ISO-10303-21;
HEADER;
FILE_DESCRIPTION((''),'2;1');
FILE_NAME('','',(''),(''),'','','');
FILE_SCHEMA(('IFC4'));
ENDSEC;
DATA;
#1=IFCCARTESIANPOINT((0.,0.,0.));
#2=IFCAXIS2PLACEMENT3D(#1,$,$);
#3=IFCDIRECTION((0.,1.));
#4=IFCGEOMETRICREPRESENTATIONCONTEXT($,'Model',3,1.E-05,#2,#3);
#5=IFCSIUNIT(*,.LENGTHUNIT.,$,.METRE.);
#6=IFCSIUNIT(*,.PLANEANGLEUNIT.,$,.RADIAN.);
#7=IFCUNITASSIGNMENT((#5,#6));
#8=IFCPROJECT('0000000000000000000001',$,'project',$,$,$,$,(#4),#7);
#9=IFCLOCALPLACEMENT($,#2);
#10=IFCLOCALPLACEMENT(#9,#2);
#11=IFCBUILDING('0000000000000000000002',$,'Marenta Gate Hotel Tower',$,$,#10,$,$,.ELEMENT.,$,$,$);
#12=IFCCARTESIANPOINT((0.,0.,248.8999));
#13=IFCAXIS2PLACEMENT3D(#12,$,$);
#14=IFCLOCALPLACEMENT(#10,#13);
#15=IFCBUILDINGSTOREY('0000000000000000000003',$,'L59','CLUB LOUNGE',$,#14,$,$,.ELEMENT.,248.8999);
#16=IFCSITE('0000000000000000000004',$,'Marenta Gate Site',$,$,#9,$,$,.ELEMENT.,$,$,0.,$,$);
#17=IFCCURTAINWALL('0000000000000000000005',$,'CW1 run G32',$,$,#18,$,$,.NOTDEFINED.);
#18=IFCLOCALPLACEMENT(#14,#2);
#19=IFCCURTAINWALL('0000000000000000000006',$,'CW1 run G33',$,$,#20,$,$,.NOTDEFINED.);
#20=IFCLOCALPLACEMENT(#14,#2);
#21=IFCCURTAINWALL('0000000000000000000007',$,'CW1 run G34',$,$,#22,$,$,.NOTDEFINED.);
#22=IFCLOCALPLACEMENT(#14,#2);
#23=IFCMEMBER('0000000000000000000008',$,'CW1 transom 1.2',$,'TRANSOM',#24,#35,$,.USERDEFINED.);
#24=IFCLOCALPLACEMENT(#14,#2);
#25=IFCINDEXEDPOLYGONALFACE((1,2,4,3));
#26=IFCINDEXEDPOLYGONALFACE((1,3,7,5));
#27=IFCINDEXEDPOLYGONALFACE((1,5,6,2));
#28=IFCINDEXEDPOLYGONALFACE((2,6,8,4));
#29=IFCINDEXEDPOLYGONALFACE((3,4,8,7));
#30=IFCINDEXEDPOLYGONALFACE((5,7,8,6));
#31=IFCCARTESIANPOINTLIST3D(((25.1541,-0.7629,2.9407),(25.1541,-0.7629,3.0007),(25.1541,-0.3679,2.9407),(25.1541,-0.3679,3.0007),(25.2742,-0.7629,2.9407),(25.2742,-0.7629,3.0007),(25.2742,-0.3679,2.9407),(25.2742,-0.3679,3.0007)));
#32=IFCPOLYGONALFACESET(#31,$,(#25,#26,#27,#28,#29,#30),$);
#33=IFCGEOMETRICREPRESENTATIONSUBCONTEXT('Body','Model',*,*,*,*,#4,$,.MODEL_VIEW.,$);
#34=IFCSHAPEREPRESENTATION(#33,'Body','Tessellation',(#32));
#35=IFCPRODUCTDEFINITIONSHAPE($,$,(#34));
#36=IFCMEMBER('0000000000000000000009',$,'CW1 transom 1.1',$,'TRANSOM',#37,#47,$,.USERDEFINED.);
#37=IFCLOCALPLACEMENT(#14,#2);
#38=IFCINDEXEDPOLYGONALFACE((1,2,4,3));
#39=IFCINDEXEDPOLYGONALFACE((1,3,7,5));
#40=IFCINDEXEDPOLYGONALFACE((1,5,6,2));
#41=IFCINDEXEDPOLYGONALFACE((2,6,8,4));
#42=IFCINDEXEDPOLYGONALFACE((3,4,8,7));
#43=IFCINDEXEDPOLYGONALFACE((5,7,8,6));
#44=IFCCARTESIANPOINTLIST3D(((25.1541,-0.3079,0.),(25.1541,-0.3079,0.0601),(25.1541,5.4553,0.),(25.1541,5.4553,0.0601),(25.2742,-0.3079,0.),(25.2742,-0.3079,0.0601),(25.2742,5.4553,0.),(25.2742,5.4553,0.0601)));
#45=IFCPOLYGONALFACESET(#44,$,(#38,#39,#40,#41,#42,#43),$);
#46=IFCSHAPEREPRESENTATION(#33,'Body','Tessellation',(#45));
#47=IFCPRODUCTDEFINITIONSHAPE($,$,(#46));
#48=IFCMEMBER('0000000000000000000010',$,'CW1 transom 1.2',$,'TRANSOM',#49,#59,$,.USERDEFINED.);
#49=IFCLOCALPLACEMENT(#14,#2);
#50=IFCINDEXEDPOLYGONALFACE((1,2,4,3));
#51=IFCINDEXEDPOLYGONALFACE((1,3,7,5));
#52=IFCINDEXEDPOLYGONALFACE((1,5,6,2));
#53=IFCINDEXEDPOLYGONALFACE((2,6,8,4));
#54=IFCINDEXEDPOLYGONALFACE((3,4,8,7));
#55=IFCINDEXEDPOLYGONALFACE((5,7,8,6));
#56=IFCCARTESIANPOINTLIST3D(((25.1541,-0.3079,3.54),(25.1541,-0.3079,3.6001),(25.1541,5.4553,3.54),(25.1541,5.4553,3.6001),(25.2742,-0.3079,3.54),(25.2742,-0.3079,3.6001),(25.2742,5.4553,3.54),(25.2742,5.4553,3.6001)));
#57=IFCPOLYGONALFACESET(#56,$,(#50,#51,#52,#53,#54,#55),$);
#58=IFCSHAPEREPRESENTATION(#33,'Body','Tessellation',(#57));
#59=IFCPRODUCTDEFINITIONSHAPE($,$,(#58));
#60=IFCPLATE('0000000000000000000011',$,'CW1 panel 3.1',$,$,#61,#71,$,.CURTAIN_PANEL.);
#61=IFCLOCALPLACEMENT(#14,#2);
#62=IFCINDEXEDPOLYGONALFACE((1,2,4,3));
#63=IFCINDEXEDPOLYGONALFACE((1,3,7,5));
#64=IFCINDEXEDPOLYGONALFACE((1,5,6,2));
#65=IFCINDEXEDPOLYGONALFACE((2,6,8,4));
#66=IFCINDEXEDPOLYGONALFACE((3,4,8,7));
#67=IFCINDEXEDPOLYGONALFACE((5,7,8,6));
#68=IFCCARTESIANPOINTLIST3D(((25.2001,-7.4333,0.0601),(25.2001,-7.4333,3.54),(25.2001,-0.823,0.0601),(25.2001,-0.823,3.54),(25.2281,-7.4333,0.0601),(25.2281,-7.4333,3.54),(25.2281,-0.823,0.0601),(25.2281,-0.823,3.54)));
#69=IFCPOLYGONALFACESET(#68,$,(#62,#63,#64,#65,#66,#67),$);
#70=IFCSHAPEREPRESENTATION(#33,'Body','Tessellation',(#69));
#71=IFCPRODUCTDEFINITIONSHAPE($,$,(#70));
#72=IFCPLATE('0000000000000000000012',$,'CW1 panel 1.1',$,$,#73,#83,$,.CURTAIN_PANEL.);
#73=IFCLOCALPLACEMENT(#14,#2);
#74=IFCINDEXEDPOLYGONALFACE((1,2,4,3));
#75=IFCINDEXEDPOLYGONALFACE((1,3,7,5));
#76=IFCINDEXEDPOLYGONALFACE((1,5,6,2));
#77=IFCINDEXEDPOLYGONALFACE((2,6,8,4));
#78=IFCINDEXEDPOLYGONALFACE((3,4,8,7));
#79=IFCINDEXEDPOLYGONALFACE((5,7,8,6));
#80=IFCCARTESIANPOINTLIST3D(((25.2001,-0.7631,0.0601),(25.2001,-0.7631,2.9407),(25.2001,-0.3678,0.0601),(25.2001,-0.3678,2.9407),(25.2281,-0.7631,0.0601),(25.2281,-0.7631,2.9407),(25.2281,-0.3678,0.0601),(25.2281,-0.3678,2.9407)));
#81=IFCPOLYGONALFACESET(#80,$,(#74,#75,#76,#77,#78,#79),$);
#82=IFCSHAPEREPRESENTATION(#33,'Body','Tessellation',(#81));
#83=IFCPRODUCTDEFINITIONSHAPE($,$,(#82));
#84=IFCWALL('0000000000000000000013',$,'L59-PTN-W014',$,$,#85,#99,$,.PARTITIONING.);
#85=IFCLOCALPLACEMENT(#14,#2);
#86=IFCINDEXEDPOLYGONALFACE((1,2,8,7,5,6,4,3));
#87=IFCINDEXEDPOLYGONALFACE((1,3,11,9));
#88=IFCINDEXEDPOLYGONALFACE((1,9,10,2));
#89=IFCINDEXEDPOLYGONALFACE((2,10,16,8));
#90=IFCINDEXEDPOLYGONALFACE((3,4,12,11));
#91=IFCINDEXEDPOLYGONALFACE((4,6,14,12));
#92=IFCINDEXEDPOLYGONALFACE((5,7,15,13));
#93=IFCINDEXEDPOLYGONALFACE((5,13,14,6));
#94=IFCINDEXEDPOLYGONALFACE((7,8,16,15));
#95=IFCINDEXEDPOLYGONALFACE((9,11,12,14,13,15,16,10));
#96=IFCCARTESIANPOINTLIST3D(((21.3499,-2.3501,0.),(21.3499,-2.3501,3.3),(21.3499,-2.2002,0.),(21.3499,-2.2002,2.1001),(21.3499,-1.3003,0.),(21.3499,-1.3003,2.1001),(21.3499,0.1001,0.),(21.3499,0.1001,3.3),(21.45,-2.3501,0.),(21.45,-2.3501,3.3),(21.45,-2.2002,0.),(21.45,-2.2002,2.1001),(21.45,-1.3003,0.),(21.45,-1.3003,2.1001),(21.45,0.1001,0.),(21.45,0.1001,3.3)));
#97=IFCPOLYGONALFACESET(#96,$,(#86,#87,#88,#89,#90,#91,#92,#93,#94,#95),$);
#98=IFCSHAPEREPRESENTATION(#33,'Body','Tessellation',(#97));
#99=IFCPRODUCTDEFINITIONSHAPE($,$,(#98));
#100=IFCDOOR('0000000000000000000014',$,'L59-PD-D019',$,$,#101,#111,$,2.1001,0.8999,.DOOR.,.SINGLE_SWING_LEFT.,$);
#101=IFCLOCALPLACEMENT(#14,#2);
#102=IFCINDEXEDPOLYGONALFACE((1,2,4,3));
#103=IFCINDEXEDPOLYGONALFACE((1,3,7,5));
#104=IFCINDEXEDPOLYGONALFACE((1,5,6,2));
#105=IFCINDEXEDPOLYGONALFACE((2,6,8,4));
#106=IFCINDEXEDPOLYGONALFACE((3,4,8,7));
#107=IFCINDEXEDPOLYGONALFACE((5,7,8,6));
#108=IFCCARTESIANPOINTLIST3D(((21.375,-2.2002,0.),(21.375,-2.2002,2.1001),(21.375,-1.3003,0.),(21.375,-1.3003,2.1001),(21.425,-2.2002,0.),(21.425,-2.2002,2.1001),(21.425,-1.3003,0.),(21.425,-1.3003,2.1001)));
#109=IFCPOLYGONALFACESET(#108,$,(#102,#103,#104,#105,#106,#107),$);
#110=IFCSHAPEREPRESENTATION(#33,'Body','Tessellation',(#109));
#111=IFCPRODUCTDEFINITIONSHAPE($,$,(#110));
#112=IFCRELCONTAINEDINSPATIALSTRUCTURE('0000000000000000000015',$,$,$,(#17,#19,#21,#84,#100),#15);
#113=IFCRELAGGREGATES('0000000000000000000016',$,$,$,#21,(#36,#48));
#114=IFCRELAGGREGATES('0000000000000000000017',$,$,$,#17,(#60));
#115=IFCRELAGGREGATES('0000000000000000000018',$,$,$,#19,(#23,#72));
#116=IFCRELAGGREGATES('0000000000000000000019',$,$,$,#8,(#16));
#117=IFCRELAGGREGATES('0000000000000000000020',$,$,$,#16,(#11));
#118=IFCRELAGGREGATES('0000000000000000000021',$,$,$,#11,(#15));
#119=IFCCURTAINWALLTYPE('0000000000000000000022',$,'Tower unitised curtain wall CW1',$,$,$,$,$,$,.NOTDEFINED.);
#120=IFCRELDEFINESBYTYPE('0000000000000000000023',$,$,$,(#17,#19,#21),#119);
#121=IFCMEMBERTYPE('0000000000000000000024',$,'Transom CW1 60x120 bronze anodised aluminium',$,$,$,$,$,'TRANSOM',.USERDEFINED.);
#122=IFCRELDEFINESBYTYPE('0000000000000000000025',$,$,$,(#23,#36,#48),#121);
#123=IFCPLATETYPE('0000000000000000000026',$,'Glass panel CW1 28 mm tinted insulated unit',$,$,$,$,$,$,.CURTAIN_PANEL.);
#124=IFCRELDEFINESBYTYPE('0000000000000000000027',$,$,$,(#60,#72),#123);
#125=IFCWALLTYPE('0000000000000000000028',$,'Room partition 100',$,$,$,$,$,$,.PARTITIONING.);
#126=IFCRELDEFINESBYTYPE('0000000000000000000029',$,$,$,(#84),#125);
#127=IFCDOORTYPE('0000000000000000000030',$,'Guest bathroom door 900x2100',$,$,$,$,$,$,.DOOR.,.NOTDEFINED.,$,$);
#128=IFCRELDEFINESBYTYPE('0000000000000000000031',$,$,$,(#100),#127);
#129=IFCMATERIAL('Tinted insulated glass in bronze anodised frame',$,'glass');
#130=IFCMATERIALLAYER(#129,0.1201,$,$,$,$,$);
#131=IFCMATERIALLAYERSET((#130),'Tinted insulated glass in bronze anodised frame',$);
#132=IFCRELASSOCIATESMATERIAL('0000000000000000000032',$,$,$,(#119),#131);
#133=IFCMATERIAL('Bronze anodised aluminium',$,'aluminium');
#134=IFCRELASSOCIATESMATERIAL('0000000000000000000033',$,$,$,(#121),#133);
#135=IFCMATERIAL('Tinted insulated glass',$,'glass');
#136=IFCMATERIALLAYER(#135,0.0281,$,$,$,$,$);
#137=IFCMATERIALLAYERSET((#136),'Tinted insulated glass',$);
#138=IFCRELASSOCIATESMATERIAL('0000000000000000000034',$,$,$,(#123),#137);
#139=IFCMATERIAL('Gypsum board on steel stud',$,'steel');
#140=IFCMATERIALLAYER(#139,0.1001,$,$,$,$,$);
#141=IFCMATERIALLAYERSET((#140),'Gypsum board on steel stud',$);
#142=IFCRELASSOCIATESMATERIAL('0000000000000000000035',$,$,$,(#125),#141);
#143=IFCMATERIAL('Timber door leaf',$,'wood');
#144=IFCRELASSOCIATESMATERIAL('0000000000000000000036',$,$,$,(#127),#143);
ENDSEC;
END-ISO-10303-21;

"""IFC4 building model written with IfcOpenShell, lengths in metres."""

from ifc_helpers import new_model, si_unit, direction, frame, frame_2d, origin, origin_2d, place, context, subcontext, project, spatial, rectangle, extrude, material, layer, layer_set, material_profile, profile_set, type_object, element, fill, aggregate, save


model = new_model("IFC4")

# Units and contexts
model_context = context("Model", 3, precision=1e-05, world=origin(), true_north=direction((0.0, 1.0)))
body_context = subcontext(model_context, "Body", "Model", "MODEL_VIEW")
ifc_project = project(units=[si_unit("LENGTHUNIT", "METRE"), si_unit("PLANEANGLEUNIT", "RADIAN")], contexts=[model_context])

# Site, building, storey
site_placement = place(None, origin())
site = spatial("IfcSite", under=ifc_project, at=site_placement, Name="Marenta Gate Site", CompositionType="ELEMENT", RefElevation=0.0)
building_placement = place(site_placement, origin())
building = spatial("IfcBuilding", under=site, at=building_placement, Name="Marenta Gate Hotel Tower", CompositionType="ELEMENT")
storey_placement = place(building_placement, frame((0.0, 0.0, 248.8999)))
storey = spatial("IfcBuildingStorey", under=building, at=storey_placement, Name="L59", Description="CLUB LOUNGE", CompositionType="ELEMENT", Elevation=248.8999)

# Curtain walls
ifc_material_1 = material(Name="Tinted insulated glass in bronze anodised frame", Category="glass")
ifc_layer_1 = layer(ifc_material_1, 0.1201)
ifc_layer_set_1 = layer_set([ifc_layer_1], Name="Tinted insulated glass in bronze anodised frame")
curtain_wall_type = type_object("IfcCurtainWallType", Name="Tower unitised curtain wall CW1", PredefinedType="NOTDEFINED", material=ifc_layer_set_1)
curtain_wall_1_placement = place(storey_placement, origin())
curtain_wall_1 = element("IfcCurtainWall", 1, at=curtain_wall_1_placement, inside=storey, type_object=curtain_wall_type, Name="CW1 run G32", PredefinedType="NOTDEFINED")
curtain_wall_2_placement = place(storey_placement, origin())
curtain_wall_2 = element("IfcCurtainWall", 2, at=curtain_wall_2_placement, inside=storey, type_object=curtain_wall_type, Name="CW1 run G33", PredefinedType="NOTDEFINED")
curtain_wall_3_placement = place(storey_placement, origin())
curtain_wall_3 = element("IfcCurtainWall", 3, at=curtain_wall_3_placement, inside=storey, type_object=curtain_wall_type, Name="CW1 run G34", PredefinedType="NOTDEFINED")

# Members
ifc_material_2 = material(Name="Bronze anodised aluminium", Category="aluminium")
ifc_material_profile_1 = material_profile(ifc_material_2, rectangle(XDim=0.1201, YDim=0.0601, at=origin_2d()), Name="Transom CW1 60x120 bronze anodised aluminium")
ifc_profile_set_1 = profile_set([ifc_material_profile_1], Name="Bronze anodised aluminium")
member_type_1 = type_object("IfcMemberType", Name="Transom CW1 60x120 bronze anodised aluminium", ElementType="TRANSOM", PredefinedType="USERDEFINED", material=ifc_profile_set_1)
member_1_placement = place(storey_placement, frame((25.2141, -0.7629, 2.9707), z_axis=(0.0, 1.0, 0.0), x_axis=(-1.0, 0.0, 0.0)))
member_1 = element("IfcMember", 4, at=member_1_placement, type_object=member_type_1, Name="CW1 transom 1.2", ObjectType="TRANSOM", PredefinedType="USERDEFINED", context=body_context, shape_type="SweptSolid", body=[
    extrude(rectangle(XDim=0.1201, YDim=0.0601, at=origin_2d()), origin(), (0.0, 0.0, 1.0), 0.395),
])
member_2_placement = place(storey_placement, frame((25.2141, -0.3079, 0.03), z_axis=(0.0, 1.0, 0.0), x_axis=(-1.0, 0.0, 0.0)))
member_2 = element("IfcMember", 5, at=member_2_placement, type_object=member_type_1, Name="CW1 transom 1.1", ObjectType="TRANSOM", PredefinedType="USERDEFINED", context=body_context, shape_type="SweptSolid", body=[
    extrude(rectangle(XDim=0.1201, YDim=0.0601, at=origin_2d()), origin(), (0.0, 0.0, 1.0), 5.7632),
])
member_3_placement = place(storey_placement, frame((25.2141, -0.3079, 3.5701), z_axis=(0.0, 1.0, 0.0), x_axis=(-1.0, 0.0, 0.0)))
member_3 = element("IfcMember", 6, at=member_3_placement, type_object=member_type_1, Name="CW1 transom 1.2", ObjectType="TRANSOM", PredefinedType="USERDEFINED", context=body_context, shape_type="SweptSolid", body=[
    extrude(rectangle(XDim=0.1201, YDim=0.0601, at=origin_2d()), origin(), (0.0, 0.0, 1.0), 5.7632),
])
aggregate(curtain_wall_3, [member_2, member_3])

# Plates
ifc_material_3 = material(Name="Tinted insulated glass", Category="glass")
ifc_layer_2 = layer(ifc_material_3, 0.0281)
ifc_layer_set_2 = layer_set([ifc_layer_2], Name="Tinted insulated glass")
plate_type = type_object("IfcPlateType", Name="Glass panel CW1 28 mm tinted insulated unit", PredefinedType="CURTAIN_PANEL", material=ifc_layer_set_2)
plate_1_placement = place(storey_placement, frame((25.2141, -4.1282, 0.0601), z_axis=(0.0, 0.0, 1.0), x_axis=(0.0, 1.0, 0.0)))
plate_1 = element("IfcPlate", 7, at=plate_1_placement, type_object=plate_type, Name="CW1 panel 3.1", PredefinedType="CURTAIN_PANEL", context=body_context, shape_type="SweptSolid", body=[
    extrude(rectangle(XDim=6.6104, YDim=0.0281, at=origin_2d()), origin(), (0.0, 0.0, 1.0), 3.48),
])
aggregate(curtain_wall_1, [plate_1])
plate_2_placement = place(storey_placement, frame((25.2141, -0.5654, 0.0601), z_axis=(0.0, 0.0, 1.0), x_axis=(0.0, 1.0, 0.0)))
plate_2 = element("IfcPlate", 8, at=plate_2_placement, type_object=plate_type, Name="CW1 panel 1.1", PredefinedType="CURTAIN_PANEL", context=body_context, shape_type="SweptSolid", body=[
    extrude(rectangle(XDim=0.3953, YDim=0.0281, at=origin_2d()), origin(), (0.0, 0.0, 1.0), 2.8806),
])
aggregate(curtain_wall_2, [member_1, plate_2])

# Wall, opening, door
ifc_material_4 = material(Name="Gypsum board on steel stud", Category="steel")
ifc_layer_3 = layer(ifc_material_4, 0.1001)
ifc_layer_set_3 = layer_set([ifc_layer_3], Name="Gypsum board on steel stud")
wall_type = type_object("IfcWallType", Name="Room partition 100", PredefinedType="PARTITIONING", material=ifc_layer_set_3)
wall_placement = place(storey_placement, frame((21.3999, -2.3501, 0.0), z_axis=(0.0, 0.0, 1.0), x_axis=(0.0, 1.0, 0.0)))
wall = element("IfcWall", 9, at=wall_placement, inside=storey, type_object=wall_type, Name="L59-PTN-W014", PredefinedType="PARTITIONING", context=body_context, shape_type="SweptSolid", body=[
    extrude(rectangle(XDim=2.4502, YDim=0.1001, at=frame_2d((1.2251, 0.0))), origin(), (0.0, 0.0, 1.0), 3.3),
])
opening_placement = place(wall_placement, frame((0.1499, 0.0, 0.0)))
opening = element("IfcOpeningElement", 10, at=opening_placement, cuts=wall, PredefinedType="OPENING", context=body_context, shape_type="SweptSolid", body=[
    extrude(rectangle(XDim=0.8999, YDim=2.1001, at=frame_2d((0.45, 1.05))), frame((0.0, 0.05, 0.0), z_axis=(0.0, -1.0, 0.0), x_axis=(1.0, 0.0, 0.0)), (0.0, 0.0, 1.0), 0.1001),
])
ifc_material_5 = material(Name="Timber door leaf", Category="wood")
door_type = type_object("IfcDoorType", Name="Guest bathroom door 900x2100", OperationType="NOTDEFINED", PredefinedType="DOOR", material=ifc_material_5)
door_placement = place(opening_placement, origin())
door = element("IfcDoor", 11, at=door_placement, inside=storey, type_object=door_type, Name="L59-PD-D019", OperationType="SINGLE_SWING_LEFT", OverallHeight=2.1001, OverallWidth=0.8999, PredefinedType="DOOR", context=body_context, shape_type="SweptSolid", body=[
    extrude(rectangle(XDim=0.8999, YDim=2.1001, at=frame_2d((0.45, 1.05))), frame((0.0, 0.0249, 0.0), z_axis=(0.0, -1.0, 0.0), x_axis=(1.0, 0.0, 0.0)), (0.0, 0.0, 1.0), 0.05),
])
fill(opening, door)

save(model, "model.ifc")
